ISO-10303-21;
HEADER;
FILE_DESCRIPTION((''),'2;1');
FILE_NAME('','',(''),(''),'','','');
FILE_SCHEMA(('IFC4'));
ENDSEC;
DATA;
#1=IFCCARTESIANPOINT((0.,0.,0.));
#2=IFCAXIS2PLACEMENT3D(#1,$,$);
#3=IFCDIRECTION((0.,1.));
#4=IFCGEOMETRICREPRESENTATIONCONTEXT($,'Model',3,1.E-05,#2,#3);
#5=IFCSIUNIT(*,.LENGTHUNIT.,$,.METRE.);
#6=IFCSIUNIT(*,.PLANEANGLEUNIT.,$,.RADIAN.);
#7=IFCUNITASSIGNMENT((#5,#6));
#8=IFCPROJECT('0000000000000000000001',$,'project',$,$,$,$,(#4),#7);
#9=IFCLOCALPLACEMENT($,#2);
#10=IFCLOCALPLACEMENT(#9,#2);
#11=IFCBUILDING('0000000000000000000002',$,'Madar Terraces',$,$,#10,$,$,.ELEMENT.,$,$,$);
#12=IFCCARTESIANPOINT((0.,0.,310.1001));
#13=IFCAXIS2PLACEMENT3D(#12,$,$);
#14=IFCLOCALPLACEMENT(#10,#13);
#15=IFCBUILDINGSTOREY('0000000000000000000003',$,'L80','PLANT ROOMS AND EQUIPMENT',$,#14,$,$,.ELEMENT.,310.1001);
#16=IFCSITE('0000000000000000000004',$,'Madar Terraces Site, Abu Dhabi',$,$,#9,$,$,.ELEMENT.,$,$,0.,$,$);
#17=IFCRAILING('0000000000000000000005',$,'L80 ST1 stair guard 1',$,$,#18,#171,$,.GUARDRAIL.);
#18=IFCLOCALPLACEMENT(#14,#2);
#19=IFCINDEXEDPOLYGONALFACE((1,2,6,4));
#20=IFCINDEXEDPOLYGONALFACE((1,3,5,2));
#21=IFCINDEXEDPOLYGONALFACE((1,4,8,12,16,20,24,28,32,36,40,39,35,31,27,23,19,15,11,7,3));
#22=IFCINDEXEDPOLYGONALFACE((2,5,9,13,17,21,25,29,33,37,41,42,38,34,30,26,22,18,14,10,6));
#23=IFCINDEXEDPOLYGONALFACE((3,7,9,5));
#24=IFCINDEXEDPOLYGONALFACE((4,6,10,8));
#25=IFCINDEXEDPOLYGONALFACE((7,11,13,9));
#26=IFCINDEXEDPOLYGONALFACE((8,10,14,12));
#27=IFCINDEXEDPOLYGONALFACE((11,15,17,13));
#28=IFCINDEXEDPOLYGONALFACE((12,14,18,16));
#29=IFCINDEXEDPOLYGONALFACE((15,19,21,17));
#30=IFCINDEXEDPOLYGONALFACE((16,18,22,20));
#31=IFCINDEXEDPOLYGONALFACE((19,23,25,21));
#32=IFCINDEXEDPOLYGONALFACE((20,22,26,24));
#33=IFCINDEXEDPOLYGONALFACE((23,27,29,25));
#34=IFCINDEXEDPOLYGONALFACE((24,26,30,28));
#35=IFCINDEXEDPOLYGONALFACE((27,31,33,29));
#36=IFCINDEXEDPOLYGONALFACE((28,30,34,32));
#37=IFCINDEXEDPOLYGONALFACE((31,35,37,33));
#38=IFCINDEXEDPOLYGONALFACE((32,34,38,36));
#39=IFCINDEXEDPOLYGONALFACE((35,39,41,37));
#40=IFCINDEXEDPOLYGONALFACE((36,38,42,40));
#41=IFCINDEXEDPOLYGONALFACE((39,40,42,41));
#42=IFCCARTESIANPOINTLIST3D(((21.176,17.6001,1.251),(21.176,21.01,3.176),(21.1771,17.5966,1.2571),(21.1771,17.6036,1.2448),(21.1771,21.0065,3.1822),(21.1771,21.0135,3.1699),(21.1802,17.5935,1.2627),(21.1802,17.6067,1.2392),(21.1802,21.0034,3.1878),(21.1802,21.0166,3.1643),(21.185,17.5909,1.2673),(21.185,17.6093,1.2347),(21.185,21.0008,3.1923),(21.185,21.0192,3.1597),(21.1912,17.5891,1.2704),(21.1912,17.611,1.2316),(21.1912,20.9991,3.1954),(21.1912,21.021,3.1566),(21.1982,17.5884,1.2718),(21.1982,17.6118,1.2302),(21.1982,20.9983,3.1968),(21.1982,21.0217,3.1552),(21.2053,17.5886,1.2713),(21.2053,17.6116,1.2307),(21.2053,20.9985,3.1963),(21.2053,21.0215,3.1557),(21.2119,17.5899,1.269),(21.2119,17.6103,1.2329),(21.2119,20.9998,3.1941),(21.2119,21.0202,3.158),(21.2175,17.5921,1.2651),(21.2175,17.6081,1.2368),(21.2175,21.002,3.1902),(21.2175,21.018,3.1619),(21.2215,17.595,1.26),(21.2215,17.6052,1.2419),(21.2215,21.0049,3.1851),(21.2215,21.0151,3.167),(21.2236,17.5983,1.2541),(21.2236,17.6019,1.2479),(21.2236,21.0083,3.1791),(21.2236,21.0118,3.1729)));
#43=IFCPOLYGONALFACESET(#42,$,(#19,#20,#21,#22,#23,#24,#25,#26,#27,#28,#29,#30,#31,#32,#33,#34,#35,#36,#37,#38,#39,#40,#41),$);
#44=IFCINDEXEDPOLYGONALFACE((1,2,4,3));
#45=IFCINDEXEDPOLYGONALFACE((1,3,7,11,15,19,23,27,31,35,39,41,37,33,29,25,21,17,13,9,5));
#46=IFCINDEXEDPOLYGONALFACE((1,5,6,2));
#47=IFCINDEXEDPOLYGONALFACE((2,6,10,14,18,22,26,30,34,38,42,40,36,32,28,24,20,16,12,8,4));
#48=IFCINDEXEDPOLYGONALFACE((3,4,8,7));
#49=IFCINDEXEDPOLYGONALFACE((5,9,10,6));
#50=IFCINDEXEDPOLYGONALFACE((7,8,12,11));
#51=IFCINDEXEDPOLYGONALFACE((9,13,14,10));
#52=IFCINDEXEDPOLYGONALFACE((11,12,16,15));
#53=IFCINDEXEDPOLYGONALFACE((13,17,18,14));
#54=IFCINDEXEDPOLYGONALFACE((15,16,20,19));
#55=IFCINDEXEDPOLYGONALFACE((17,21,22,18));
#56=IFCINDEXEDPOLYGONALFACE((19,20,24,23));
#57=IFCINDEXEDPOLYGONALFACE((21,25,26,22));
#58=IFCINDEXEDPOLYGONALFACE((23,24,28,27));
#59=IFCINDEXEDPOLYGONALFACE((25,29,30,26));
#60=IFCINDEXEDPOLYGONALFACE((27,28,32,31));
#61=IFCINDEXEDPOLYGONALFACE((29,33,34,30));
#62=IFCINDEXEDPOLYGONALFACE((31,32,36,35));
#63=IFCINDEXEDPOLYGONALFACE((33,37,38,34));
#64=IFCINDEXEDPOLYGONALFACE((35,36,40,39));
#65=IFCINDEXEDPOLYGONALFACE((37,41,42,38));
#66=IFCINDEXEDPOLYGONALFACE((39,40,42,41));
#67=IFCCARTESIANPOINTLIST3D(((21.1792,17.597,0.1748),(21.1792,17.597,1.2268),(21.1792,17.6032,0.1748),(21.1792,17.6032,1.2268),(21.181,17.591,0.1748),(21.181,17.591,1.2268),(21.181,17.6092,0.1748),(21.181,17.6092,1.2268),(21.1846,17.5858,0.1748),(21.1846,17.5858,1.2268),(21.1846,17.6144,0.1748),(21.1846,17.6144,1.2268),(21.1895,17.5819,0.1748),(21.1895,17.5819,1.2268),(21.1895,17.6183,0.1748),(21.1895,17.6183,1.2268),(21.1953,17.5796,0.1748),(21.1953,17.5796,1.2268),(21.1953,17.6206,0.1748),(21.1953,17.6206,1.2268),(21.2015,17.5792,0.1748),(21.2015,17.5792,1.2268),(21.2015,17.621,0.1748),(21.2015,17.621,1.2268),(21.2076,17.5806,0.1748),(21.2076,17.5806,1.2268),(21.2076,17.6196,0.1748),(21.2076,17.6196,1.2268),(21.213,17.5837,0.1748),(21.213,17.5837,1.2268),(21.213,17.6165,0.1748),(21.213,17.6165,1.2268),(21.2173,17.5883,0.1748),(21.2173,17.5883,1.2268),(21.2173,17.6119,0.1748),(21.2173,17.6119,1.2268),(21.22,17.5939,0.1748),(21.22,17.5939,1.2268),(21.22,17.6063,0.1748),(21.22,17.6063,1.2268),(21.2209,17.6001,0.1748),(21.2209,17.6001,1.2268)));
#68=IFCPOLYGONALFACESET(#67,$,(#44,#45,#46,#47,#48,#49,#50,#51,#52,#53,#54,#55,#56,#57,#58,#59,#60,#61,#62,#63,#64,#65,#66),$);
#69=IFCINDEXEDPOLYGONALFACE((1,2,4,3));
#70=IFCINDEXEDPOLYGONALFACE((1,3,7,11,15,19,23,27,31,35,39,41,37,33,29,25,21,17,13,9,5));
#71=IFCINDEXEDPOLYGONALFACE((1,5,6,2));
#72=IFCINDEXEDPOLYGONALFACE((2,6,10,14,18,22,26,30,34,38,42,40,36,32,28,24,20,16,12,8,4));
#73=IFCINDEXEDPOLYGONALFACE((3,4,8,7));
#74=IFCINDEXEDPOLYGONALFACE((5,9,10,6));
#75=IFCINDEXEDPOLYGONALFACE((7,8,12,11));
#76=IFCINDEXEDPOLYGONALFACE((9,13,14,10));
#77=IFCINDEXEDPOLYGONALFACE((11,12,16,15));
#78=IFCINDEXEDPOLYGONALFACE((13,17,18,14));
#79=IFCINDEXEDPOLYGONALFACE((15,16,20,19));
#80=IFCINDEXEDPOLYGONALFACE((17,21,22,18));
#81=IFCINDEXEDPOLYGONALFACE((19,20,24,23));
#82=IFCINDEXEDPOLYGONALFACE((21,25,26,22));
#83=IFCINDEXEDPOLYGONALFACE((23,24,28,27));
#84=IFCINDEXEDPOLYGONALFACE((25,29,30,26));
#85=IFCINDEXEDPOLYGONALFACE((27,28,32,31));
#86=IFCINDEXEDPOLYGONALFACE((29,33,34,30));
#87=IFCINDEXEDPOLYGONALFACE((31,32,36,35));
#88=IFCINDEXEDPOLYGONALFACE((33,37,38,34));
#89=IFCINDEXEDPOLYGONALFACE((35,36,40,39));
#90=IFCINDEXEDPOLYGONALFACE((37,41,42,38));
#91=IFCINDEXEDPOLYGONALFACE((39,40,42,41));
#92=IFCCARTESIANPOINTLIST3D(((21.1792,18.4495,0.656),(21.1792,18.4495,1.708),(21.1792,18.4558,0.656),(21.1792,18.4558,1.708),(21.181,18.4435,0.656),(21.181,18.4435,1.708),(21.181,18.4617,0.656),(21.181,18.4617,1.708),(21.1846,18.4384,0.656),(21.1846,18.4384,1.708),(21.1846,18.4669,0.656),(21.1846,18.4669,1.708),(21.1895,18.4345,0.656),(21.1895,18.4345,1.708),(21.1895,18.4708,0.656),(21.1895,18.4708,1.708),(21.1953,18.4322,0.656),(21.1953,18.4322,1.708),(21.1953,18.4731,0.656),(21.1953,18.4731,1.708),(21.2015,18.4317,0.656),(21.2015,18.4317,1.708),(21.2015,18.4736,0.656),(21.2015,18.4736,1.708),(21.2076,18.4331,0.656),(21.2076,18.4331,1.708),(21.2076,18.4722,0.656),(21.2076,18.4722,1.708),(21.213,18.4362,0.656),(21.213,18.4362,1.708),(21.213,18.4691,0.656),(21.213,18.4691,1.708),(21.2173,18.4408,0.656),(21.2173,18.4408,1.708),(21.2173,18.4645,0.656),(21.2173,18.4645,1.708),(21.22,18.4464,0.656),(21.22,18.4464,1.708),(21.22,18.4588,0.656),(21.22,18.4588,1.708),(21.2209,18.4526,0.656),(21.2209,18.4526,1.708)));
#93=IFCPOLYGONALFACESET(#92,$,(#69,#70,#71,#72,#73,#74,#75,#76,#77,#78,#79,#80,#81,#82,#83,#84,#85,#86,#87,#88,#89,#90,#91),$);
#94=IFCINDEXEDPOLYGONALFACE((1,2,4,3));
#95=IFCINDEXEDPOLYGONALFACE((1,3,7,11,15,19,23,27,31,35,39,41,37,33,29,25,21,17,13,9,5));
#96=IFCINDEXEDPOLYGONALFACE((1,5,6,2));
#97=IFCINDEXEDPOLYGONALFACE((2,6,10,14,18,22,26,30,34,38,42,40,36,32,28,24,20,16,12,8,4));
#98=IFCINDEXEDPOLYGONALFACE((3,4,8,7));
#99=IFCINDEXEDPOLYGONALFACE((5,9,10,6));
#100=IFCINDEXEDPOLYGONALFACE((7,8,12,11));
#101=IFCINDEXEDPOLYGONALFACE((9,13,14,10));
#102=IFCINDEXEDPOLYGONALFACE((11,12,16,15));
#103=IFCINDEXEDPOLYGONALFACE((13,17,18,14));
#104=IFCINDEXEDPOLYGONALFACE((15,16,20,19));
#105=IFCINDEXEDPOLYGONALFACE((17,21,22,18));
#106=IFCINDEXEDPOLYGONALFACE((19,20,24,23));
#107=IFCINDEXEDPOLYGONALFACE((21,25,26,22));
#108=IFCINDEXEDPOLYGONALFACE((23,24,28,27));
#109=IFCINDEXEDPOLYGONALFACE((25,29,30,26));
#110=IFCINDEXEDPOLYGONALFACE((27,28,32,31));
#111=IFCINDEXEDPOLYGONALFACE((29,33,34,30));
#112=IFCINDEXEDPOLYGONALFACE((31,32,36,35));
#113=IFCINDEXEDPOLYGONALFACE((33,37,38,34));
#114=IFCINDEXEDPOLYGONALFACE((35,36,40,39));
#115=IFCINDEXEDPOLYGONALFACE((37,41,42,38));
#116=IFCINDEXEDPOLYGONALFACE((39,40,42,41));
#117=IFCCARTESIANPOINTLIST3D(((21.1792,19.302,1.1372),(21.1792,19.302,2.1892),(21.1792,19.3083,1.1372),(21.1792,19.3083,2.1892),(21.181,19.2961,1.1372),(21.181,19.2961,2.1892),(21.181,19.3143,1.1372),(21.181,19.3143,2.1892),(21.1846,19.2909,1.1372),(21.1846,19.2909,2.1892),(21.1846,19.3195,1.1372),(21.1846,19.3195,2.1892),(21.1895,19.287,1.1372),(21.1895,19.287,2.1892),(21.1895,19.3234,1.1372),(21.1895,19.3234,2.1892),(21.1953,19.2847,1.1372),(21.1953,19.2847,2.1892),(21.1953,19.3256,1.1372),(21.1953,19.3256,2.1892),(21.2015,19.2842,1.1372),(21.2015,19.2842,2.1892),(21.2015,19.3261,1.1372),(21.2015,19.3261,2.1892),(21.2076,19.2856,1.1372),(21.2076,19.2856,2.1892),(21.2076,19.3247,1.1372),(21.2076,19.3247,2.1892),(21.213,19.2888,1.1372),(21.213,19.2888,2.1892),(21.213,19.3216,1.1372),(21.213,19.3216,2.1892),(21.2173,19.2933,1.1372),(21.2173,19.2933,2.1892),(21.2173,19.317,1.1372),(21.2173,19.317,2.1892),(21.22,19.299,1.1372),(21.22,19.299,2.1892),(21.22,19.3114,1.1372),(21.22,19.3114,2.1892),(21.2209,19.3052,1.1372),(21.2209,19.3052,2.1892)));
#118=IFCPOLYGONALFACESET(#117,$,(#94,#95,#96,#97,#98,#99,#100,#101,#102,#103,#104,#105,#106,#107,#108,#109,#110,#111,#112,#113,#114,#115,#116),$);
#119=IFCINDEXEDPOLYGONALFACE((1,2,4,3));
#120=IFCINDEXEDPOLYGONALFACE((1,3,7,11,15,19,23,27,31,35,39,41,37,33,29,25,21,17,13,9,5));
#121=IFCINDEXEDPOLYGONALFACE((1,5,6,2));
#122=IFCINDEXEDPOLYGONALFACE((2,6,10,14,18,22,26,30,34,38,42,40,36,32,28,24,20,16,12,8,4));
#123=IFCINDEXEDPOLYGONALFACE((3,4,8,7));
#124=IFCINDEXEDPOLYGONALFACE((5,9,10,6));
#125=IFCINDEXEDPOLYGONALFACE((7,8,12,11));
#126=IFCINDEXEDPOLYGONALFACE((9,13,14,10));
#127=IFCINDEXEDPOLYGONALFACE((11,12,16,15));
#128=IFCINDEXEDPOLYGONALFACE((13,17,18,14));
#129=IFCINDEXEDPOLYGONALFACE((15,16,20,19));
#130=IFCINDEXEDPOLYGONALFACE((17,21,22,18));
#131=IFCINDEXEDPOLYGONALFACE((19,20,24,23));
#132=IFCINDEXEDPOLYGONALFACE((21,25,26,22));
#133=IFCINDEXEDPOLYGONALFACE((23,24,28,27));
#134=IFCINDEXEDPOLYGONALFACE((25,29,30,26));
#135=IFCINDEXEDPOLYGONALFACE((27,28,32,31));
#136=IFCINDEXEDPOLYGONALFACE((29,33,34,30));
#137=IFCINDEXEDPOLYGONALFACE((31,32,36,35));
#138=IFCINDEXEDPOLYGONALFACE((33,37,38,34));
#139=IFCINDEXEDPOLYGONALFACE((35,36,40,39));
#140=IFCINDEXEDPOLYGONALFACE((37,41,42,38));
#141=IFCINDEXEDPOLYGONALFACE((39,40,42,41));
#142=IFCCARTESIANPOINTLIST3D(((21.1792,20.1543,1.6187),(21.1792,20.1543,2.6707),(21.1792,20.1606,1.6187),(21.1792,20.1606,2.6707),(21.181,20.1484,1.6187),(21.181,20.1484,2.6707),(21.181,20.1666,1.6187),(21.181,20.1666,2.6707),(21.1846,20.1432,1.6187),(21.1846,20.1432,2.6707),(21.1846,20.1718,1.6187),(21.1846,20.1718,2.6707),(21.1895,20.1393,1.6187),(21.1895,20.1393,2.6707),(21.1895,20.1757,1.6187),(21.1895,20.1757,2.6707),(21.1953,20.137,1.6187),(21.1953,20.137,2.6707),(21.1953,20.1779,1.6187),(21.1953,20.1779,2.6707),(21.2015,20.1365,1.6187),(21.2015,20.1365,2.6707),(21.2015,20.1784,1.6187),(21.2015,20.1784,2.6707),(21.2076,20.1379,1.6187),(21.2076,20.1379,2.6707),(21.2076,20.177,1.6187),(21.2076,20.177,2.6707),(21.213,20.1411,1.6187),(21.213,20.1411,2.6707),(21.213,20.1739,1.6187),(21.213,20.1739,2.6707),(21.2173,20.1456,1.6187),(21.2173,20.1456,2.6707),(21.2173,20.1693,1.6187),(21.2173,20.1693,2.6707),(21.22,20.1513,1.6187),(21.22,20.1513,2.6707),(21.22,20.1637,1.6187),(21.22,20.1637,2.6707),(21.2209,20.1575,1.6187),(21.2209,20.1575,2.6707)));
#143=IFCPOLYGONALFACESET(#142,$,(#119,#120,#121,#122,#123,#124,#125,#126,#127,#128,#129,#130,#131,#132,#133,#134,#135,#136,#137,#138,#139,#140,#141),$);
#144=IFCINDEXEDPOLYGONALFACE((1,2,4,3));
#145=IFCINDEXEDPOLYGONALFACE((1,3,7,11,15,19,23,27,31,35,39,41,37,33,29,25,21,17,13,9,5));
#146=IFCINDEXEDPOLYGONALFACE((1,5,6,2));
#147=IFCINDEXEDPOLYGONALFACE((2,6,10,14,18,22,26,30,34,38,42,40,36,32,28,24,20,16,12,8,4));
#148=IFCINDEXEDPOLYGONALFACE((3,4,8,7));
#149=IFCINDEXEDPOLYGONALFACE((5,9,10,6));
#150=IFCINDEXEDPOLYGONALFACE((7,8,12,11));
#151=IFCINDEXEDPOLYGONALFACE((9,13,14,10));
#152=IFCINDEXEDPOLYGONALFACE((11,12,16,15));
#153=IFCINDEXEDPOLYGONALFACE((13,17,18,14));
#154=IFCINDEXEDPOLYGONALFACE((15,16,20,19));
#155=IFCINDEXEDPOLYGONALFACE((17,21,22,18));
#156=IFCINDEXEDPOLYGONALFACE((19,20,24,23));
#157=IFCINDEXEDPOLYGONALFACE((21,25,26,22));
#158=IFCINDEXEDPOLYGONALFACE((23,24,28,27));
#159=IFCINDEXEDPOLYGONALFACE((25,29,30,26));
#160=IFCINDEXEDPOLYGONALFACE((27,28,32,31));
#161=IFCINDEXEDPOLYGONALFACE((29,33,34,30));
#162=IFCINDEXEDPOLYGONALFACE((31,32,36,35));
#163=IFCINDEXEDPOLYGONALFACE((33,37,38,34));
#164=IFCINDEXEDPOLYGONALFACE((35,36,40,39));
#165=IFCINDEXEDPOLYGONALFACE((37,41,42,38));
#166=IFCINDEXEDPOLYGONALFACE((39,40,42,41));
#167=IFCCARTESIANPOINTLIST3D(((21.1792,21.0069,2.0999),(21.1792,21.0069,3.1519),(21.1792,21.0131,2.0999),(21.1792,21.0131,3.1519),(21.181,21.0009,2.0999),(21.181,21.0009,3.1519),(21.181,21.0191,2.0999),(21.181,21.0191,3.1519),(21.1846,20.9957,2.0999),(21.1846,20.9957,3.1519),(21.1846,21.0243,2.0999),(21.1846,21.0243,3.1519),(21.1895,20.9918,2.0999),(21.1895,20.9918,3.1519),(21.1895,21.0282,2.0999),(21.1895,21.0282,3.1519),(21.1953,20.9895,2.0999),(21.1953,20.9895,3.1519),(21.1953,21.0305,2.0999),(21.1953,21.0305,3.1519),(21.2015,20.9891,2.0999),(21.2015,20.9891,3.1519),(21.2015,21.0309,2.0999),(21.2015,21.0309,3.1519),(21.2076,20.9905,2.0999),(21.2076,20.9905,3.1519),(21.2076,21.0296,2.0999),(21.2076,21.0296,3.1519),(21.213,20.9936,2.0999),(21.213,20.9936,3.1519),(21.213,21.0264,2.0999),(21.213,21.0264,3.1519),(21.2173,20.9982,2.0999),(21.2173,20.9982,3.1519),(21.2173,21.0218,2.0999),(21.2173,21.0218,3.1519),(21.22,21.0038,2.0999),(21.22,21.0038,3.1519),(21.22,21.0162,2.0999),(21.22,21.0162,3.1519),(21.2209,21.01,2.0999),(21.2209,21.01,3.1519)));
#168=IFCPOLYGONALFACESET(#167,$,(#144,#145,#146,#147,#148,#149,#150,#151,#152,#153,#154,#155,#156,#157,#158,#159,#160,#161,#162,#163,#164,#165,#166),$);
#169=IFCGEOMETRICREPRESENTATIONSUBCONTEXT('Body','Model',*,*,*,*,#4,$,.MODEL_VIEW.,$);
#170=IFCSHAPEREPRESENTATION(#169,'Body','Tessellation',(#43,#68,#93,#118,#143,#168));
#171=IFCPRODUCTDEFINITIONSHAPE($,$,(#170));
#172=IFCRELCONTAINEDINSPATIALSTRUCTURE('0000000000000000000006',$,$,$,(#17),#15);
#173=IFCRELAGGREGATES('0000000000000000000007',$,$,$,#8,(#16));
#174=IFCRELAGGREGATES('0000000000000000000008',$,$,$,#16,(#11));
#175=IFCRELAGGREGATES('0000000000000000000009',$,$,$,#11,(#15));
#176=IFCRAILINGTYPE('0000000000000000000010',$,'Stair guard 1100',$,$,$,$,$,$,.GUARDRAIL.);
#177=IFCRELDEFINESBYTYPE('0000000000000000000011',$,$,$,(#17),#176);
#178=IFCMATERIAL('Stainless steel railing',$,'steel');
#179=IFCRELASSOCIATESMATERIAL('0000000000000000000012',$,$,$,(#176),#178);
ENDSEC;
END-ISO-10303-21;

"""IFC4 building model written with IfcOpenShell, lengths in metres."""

from ifc_helpers import new_model, si_unit, direction, frame, origin, origin_2d, place, context, subcontext, project, spatial, circle, extrude, material, type_object, element, save


model = new_model("IFC4")

# Units and contexts
model_context = context("Model", 3, precision=1e-05, world=origin(), true_north=direction((0.0, 1.0)))
body_context = subcontext(model_context, "Body", "Model", "MODEL_VIEW")
ifc_project = project(units=[si_unit("LENGTHUNIT", "METRE"), si_unit("PLANEANGLEUNIT", "RADIAN")], contexts=[model_context])

# Site, building, storey
site_placement = place(None, origin())
site = spatial("IfcSite", under=ifc_project, at=site_placement, Name="Madar Terraces Site, Abu Dhabi", CompositionType="ELEMENT", RefElevation=0.0)
building_placement = place(site_placement, origin())
building = spatial("IfcBuilding", under=site, at=building_placement, Name="Madar Terraces", CompositionType="ELEMENT")
storey_placement = place(building_placement, frame((0.0, 0.0, 310.1001)))
storey = spatial("IfcBuildingStorey", under=building, at=storey_placement, Name="L80", Description="PLANT ROOMS AND EQUIPMENT", CompositionType="ELEMENT", Elevation=310.1001)

# Railing
ifc_material_1 = material(Name="Stainless steel railing", Category="steel")
railing_type_1 = type_object("IfcRailingType", Name="Stair guard 1100", PredefinedType="GUARDRAIL", material=ifc_material_1)
railing_1_placement = place(storey_placement, frame((21.2, 17.6001, 0.1748)))
element("IfcRailing", 1, at=railing_1_placement, inside=storey, type_object=railing_type_1, Name="L80 ST1 stair guard 1", PredefinedType="GUARDRAIL", context=body_context, shape_type="SweptSolid", body=[
    extrude(circle(Radius=0.0239, at=origin_2d()), frame((0.0, 0.0, 1.0762), z_axis=(0.0, 0.870814, 0.491613), x_axis=(-1.0, 0.0, 0.0)), (0.0, 0.0, 1.0), 3.9158),
    extrude(circle(Radius=0.021, at=origin_2d()), origin(), (0.0, 0.0, 1.0), 1.052),
    extrude(circle(Radius=0.021, at=origin_2d()), frame((0.0, 0.8525, 0.4812)), (0.0, 0.0, 1.0), 1.052),
    extrude(circle(Radius=0.021, at=origin_2d()), frame((0.0, 1.7051, 0.9624)), (0.0, 0.0, 1.0), 1.052),
    extrude(circle(Radius=0.021, at=origin_2d()), frame((0.0, 2.5574, 1.4438)), (0.0, 0.0, 1.0), 1.052),
    extrude(circle(Radius=0.021, at=origin_2d()), frame((0.0, 3.4099, 1.925)), (0.0, 0.0, 1.0), 1.052),
])

save(model, "model.ifc")
